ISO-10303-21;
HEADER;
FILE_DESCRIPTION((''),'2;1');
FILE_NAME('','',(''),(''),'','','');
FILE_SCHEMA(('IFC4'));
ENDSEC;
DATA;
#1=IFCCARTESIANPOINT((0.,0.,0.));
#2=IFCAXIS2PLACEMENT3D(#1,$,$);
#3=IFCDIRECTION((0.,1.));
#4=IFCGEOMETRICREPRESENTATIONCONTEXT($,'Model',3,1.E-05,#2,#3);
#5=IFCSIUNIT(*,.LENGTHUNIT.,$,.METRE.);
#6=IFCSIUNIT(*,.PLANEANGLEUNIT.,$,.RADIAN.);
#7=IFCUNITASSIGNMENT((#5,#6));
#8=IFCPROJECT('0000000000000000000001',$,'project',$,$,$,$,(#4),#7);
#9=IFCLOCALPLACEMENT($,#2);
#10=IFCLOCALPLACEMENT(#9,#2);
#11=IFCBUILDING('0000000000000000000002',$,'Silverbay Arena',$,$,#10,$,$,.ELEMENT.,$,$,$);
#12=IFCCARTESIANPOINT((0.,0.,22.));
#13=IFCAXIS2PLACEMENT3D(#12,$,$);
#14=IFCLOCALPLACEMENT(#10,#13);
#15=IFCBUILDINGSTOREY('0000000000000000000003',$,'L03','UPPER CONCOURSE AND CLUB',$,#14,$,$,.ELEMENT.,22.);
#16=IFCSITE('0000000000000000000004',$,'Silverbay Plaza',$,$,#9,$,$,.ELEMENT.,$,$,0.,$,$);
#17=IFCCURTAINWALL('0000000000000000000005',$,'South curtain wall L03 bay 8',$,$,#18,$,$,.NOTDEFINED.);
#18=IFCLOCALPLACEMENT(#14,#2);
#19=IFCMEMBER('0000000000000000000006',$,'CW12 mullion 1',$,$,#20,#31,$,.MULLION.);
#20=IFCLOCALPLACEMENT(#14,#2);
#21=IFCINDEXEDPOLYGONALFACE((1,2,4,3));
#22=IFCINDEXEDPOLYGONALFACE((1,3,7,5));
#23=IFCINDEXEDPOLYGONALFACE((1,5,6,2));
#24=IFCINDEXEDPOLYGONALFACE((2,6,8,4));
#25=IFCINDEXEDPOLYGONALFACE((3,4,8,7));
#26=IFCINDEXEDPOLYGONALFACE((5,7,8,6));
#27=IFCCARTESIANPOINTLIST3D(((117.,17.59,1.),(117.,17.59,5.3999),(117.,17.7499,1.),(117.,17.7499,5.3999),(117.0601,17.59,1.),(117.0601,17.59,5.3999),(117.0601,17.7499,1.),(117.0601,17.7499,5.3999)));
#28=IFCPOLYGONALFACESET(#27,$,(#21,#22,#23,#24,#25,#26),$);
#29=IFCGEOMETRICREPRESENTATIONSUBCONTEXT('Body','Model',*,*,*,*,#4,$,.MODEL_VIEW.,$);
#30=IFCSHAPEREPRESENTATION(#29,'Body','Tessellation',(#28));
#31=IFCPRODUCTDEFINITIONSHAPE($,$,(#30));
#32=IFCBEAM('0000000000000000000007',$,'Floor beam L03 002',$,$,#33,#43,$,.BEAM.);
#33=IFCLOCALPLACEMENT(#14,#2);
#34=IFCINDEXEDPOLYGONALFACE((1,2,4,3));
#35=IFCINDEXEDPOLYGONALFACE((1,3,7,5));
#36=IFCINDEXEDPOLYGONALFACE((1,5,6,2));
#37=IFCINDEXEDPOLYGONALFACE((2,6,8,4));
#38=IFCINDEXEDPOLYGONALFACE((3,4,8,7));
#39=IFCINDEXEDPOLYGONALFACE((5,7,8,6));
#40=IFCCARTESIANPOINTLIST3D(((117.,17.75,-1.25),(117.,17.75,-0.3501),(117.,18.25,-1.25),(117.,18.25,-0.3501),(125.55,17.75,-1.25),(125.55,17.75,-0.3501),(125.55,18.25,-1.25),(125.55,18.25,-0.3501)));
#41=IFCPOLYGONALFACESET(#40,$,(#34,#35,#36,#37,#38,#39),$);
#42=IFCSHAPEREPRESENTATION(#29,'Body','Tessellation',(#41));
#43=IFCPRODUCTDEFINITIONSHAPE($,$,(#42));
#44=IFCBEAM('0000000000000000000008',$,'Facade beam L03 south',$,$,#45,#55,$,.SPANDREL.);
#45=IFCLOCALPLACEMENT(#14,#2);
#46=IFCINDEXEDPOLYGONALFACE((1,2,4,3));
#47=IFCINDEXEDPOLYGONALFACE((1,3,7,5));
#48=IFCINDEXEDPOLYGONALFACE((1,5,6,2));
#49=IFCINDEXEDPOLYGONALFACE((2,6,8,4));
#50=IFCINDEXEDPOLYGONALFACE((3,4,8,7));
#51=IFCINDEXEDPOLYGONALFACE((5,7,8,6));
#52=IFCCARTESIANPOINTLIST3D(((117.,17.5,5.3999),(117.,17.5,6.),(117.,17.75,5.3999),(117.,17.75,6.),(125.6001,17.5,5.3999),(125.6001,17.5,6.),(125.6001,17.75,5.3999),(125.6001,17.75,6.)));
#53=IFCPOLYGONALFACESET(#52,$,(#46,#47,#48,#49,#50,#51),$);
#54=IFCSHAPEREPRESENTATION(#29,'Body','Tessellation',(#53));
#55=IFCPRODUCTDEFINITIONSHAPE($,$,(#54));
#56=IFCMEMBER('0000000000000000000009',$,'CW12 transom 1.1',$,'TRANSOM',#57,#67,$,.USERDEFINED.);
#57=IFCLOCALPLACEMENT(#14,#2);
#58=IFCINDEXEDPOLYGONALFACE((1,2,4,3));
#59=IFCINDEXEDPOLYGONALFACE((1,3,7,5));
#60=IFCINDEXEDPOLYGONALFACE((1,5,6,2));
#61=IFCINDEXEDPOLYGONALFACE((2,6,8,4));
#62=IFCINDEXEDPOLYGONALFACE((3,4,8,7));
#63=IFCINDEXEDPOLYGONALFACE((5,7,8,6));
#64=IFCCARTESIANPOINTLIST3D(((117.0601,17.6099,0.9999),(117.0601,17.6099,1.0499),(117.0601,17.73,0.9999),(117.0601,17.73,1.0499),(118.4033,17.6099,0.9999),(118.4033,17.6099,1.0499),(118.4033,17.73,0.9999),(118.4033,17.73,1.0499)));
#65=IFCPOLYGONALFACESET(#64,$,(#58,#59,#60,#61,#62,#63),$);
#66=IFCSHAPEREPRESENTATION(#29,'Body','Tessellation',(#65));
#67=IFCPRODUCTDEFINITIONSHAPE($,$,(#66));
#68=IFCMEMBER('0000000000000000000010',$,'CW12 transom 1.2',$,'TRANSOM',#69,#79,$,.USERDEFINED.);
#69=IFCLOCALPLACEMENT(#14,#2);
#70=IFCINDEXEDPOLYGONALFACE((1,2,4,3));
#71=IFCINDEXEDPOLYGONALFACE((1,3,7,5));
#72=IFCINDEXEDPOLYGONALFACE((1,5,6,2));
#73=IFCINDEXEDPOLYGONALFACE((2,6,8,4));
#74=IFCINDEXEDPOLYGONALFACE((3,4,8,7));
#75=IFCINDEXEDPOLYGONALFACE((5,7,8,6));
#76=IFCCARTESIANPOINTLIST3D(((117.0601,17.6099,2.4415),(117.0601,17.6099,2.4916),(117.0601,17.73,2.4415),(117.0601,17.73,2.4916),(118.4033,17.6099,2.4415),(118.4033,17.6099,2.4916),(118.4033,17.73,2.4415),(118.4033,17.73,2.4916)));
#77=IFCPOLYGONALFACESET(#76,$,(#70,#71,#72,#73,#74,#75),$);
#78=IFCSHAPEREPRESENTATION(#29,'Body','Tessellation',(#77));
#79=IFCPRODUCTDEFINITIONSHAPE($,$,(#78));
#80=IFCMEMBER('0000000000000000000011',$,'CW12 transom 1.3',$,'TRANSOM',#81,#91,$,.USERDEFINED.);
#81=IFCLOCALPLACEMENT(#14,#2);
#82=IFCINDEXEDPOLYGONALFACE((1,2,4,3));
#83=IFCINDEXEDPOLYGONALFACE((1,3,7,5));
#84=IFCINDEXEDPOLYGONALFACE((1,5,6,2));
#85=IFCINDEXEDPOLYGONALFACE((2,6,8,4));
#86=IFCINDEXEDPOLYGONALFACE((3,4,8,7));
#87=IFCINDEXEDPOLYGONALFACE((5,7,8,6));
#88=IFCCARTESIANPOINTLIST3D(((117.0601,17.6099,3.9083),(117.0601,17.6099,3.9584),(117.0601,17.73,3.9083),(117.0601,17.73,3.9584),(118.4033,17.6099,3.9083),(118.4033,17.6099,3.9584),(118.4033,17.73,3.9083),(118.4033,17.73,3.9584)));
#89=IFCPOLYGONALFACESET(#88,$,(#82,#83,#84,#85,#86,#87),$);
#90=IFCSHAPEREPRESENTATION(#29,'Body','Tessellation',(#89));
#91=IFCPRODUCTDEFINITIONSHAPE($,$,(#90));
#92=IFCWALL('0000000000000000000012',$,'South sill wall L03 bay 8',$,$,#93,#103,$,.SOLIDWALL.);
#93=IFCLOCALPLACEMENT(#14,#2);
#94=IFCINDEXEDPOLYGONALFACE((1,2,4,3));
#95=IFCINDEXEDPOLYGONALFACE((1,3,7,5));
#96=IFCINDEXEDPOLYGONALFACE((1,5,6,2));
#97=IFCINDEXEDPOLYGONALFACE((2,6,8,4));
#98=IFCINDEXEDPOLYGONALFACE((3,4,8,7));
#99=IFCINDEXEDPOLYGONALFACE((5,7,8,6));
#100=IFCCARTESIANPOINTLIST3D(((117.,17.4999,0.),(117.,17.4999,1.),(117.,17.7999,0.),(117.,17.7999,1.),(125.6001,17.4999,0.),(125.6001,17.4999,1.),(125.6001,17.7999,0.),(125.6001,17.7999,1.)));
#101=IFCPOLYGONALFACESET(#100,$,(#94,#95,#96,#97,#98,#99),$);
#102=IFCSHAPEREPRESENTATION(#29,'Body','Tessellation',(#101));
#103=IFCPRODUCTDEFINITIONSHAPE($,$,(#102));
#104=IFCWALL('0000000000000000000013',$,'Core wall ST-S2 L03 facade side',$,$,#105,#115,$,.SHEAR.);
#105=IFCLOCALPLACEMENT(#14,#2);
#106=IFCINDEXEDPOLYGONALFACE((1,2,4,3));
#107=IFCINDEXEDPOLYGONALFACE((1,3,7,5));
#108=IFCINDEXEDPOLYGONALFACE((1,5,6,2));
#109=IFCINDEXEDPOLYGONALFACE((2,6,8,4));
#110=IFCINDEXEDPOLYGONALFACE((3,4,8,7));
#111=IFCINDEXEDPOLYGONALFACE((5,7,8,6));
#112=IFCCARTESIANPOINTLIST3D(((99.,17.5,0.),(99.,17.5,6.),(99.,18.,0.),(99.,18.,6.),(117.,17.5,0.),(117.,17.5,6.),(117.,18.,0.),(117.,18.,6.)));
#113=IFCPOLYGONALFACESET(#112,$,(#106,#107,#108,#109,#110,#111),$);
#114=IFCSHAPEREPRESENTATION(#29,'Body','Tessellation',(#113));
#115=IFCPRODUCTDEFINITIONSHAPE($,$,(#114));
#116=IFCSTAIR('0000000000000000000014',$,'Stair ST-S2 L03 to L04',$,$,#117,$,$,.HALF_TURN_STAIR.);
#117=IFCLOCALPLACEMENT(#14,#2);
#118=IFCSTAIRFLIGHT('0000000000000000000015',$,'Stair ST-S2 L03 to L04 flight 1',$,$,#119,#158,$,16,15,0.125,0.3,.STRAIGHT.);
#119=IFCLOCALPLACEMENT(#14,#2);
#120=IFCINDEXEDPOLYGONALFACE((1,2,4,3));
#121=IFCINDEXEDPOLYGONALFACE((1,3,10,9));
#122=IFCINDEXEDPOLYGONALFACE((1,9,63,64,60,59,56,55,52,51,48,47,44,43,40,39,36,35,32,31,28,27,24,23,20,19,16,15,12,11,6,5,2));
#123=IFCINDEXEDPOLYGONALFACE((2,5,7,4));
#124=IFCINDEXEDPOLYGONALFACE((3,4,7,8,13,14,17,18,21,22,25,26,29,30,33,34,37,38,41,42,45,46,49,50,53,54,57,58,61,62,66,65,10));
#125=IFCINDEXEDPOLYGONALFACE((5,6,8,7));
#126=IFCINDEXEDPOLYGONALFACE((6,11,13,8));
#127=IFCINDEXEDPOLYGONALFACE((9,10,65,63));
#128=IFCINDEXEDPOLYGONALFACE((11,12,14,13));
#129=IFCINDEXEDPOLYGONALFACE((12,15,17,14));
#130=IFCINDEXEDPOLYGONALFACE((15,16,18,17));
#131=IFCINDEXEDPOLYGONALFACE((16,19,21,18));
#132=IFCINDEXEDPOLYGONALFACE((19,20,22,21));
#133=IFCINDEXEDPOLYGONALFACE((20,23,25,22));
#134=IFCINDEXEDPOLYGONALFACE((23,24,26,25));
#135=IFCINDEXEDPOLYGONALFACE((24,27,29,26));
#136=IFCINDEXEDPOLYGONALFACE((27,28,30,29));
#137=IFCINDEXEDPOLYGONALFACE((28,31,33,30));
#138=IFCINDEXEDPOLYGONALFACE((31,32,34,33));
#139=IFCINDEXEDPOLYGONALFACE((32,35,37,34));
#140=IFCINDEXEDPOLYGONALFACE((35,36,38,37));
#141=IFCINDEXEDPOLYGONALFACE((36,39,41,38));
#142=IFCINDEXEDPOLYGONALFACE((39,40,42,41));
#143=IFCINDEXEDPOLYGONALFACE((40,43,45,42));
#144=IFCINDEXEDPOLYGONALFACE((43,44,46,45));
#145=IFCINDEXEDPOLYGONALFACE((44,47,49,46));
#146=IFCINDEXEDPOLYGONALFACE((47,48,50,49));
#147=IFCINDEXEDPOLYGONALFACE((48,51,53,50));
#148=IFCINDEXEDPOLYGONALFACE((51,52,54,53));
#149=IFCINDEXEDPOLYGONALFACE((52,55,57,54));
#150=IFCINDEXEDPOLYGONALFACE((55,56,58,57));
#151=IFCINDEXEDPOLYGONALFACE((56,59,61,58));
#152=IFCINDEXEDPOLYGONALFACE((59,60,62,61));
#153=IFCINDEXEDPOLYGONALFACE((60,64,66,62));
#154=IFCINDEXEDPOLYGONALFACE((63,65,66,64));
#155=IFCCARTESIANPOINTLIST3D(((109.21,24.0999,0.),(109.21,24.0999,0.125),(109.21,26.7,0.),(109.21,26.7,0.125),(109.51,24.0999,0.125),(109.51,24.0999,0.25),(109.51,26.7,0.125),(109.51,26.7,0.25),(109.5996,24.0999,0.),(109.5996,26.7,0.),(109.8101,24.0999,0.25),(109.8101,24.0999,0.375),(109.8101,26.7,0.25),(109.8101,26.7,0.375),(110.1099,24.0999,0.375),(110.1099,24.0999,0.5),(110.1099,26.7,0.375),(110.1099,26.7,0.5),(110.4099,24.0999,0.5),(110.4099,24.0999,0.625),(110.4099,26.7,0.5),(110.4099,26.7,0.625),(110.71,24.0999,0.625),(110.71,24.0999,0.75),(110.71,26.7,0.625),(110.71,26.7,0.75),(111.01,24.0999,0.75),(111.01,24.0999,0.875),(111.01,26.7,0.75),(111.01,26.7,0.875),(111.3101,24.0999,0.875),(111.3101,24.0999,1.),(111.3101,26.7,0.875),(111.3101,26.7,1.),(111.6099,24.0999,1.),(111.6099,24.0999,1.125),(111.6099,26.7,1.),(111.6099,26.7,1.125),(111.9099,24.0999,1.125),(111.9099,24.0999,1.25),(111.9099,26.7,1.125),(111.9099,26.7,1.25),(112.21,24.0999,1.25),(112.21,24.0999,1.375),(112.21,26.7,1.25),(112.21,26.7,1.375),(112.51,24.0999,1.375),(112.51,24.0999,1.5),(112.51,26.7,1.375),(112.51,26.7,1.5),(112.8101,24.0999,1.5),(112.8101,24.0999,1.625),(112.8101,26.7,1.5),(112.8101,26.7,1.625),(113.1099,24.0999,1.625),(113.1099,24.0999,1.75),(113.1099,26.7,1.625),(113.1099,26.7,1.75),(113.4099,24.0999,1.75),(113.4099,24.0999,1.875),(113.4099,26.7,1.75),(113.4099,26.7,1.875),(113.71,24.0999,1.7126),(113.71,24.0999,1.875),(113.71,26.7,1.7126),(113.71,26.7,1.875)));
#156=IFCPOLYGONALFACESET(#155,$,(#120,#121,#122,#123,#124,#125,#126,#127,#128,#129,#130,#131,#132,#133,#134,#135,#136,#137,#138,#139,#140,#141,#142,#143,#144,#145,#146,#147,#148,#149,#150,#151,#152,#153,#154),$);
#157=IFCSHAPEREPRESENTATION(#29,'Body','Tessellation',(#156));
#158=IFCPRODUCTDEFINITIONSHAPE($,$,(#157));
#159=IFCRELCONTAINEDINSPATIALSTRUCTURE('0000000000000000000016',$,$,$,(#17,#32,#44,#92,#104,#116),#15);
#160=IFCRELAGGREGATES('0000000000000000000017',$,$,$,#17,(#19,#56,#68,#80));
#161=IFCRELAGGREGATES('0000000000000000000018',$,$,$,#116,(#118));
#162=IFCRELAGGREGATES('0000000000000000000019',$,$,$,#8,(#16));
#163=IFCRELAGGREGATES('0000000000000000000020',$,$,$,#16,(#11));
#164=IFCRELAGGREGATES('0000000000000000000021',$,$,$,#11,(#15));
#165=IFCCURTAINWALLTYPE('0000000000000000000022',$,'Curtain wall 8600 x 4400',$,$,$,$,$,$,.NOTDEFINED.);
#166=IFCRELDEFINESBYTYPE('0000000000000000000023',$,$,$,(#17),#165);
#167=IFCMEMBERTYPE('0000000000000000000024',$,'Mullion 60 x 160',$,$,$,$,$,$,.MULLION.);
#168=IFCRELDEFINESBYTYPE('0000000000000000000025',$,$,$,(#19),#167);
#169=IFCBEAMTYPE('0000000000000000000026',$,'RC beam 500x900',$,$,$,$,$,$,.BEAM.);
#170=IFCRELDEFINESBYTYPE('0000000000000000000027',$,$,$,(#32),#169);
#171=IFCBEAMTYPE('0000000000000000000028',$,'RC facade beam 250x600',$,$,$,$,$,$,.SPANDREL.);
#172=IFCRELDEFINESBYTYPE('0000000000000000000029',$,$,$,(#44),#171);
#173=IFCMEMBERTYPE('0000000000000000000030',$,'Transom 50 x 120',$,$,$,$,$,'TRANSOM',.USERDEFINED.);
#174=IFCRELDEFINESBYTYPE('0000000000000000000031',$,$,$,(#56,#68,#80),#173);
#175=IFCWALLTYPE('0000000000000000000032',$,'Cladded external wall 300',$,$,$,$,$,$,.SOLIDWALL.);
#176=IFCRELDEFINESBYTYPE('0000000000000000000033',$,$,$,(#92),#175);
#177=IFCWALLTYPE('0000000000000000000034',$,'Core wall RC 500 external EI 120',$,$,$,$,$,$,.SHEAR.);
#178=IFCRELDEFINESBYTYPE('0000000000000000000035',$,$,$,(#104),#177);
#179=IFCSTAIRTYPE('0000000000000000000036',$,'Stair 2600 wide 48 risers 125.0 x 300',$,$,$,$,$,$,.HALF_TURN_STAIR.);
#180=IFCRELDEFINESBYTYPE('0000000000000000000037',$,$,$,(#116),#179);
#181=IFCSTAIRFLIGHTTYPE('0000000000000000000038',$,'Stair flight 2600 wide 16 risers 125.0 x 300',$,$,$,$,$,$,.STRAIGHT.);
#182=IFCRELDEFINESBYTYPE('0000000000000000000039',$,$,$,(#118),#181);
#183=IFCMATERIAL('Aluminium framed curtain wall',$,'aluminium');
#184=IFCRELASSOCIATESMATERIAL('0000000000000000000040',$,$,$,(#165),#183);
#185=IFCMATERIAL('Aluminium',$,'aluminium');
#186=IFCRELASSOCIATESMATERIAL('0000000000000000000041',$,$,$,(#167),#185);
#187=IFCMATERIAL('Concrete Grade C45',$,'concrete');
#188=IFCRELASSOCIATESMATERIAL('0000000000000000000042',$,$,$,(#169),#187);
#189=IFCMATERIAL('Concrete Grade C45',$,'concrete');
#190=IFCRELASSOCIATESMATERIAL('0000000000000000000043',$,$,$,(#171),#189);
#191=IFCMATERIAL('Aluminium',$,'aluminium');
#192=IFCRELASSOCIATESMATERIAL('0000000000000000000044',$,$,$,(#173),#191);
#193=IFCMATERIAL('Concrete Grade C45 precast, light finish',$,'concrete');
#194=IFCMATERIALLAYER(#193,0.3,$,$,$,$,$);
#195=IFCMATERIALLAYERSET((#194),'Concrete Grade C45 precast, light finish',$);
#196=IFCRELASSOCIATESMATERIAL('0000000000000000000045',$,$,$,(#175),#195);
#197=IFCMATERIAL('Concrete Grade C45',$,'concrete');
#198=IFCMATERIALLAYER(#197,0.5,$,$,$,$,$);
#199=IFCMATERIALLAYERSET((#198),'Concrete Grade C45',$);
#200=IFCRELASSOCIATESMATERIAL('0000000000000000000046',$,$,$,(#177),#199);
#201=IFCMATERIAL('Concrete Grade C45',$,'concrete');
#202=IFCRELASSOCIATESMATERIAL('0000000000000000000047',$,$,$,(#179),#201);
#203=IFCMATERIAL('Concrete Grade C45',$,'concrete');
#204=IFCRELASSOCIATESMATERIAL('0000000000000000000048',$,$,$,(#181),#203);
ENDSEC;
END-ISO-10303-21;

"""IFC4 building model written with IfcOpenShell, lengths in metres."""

from ifc_helpers import new_model, si_unit, direction, frame, frame_2d, origin, origin_2d, place, context, subcontext, project, spatial, polyline, rectangle, outline, extrude, material, layer, layer_set, material_profile, profile_set, type_object, element, aggregate, save


model = new_model("IFC4")

# Units and contexts
model_context = context("Model", 3, precision=1e-05, world=origin(), true_north=direction((0.0, 1.0)))
body_context = subcontext(model_context, "Body", "Model", "MODEL_VIEW")
ifc_project = project(units=[si_unit("LENGTHUNIT", "METRE"), si_unit("PLANEANGLEUNIT", "RADIAN")], contexts=[model_context])

# Site, building, storey
site_placement = place(None, origin())
site = spatial("IfcSite", under=ifc_project, at=site_placement, Name="Silverbay Plaza", CompositionType="ELEMENT", RefElevation=0.0)
building_placement = place(site_placement, origin())
building = spatial("IfcBuilding", under=site, at=building_placement, Name="Silverbay Arena", CompositionType="ELEMENT")
storey_placement = place(building_placement, frame((0.0, 0.0, 22.0)))
storey = spatial("IfcBuildingStorey", under=building, at=storey_placement, Name="L03", Description="UPPER CONCOURSE AND CLUB", CompositionType="ELEMENT", Elevation=22.0)

# Curtain wall, member
ifc_material_1 = material(Name="Aluminium framed curtain wall", Category="aluminium")
curtain_wall_type = type_object("IfcCurtainWallType", Name="Curtain wall 8600 x 4400", PredefinedType="NOTDEFINED", material=ifc_material_1)
curtain_wall_placement = place(storey_placement, origin())
curtain_wall = element("IfcCurtainWall", 1, at=curtain_wall_placement, inside=storey, type_object=curtain_wall_type, Name="South curtain wall L03 bay 8", PredefinedType="NOTDEFINED")
ifc_material_2 = material(Name="Aluminium", Category="aluminium")
ifc_material_profile_1 = material_profile(ifc_material_2, rectangle(XDim=0.1599, YDim=0.0601, at=origin_2d()), Name="Mullion 60 x 160")
ifc_profile_set_1 = profile_set([ifc_material_profile_1], Name="Aluminium")
member_type_1 = type_object("IfcMemberType", Name="Mullion 60 x 160", PredefinedType="MULLION", material=ifc_profile_set_1)
member_1_placement = place(storey_placement, frame((117.03, 17.6699, 1.0), z_axis=(0.0, 0.0, 1.0), x_axis=(0.0, 1.0, 0.0)))
member_1 = element("IfcMember", 2, at=member_1_placement, type_object=member_type_1, Name="CW12 mullion 1", PredefinedType="MULLION", context=body_context, shape_type="SweptSolid", body=[
    extrude(rectangle(XDim=0.1599, YDim=0.0601, at=origin_2d()), origin(), (0.0, 0.0, 1.0), 4.3999),
])

# Beams
ifc_material_3 = material(Name="Concrete Grade C45", Category="concrete")
ifc_material_profile_2 = material_profile(ifc_material_3, rectangle(XDim=0.5, YDim=0.8999, at=origin_2d()), Name="RC 500x900")
ifc_profile_set_2 = profile_set([ifc_material_profile_2], Name="Concrete Grade C45")
beam_type_1 = type_object("IfcBeamType", Name="RC beam 500x900", PredefinedType="BEAM", material=ifc_profile_set_2)
beam_1_placement = place(storey_placement, frame((117.0, 18.0, -0.8), z_axis=(1.0, 0.0, 0.0), x_axis=(0.0, 1.0, 0.0)))
element("IfcBeam", 3, at=beam_1_placement, inside=storey, type_object=beam_type_1, Name="Floor beam L03 002", PredefinedType="BEAM", context=body_context, shape_type="SweptSolid", body=[
    extrude(rectangle(XDim=0.5, YDim=0.8999, at=origin_2d()), origin(), (0.0, 0.0, 1.0), 8.55),
])
ifc_material_4 = material(Name="Concrete Grade C45", Category="concrete")
ifc_material_profile_3 = material_profile(ifc_material_4, rectangle(XDim=0.25, YDim=0.6001, at=origin_2d()), Name="RC 250x600")
ifc_profile_set_3 = profile_set([ifc_material_profile_3], Name="Concrete Grade C45")
beam_type_2 = type_object("IfcBeamType", Name="RC facade beam 250x600", PredefinedType="SPANDREL", material=ifc_profile_set_3)
beam_2_placement = place(storey_placement, frame((117.0, 17.625, 5.7), z_axis=(1.0, 0.0, 0.0), x_axis=(0.0, 1.0, 0.0)))
element("IfcBeam", 4, at=beam_2_placement, inside=storey, type_object=beam_type_2, Name="Facade beam L03 south", PredefinedType="SPANDREL", context=body_context, shape_type="SweptSolid", body=[
    extrude(rectangle(XDim=0.25, YDim=0.6001, at=origin_2d()), origin(), (0.0, 0.0, 1.0), 8.6001),
])

# Members
ifc_material_5 = material(Name="Aluminium", Category="aluminium")
ifc_material_profile_4 = material_profile(ifc_material_5, rectangle(XDim=0.1201, YDim=0.05, at=origin_2d()), Name="Transom 50 x 120")
ifc_profile_set_4 = profile_set([ifc_material_profile_4], Name="Aluminium")
member_type_2 = type_object("IfcMemberType", Name="Transom 50 x 120", ElementType="TRANSOM", PredefinedType="USERDEFINED", material=ifc_profile_set_4)
member_2_placement = place(storey_placement, frame((117.0601, 17.6699, 1.0249), z_axis=(1.0, 0.0, 0.0), x_axis=(0.0, 1.0, 0.0)))
member_2 = element("IfcMember", 5, at=member_2_placement, type_object=member_type_2, Name="CW12 transom 1.1", ObjectType="TRANSOM", PredefinedType="USERDEFINED", context=body_context, shape_type="SweptSolid", body=[
    extrude(rectangle(XDim=0.1201, YDim=0.05, at=origin_2d()), origin(), (0.0, 0.0, 1.0), 1.3433),
])
member_3_placement = place(storey_placement, frame((117.0601, 17.6699, 2.4666), z_axis=(1.0, 0.0, 0.0), x_axis=(0.0, 1.0, 0.0)))
member_3 = element("IfcMember", 6, at=member_3_placement, type_object=member_type_2, Name="CW12 transom 1.2", ObjectType="TRANSOM", PredefinedType="USERDEFINED", context=body_context, shape_type="SweptSolid", body=[
    extrude(rectangle(XDim=0.1201, YDim=0.05, at=origin_2d()), origin(), (0.0, 0.0, 1.0), 1.3433),
])
member_4_placement = place(storey_placement, frame((117.0601, 17.6699, 3.9333), z_axis=(1.0, 0.0, 0.0), x_axis=(0.0, 1.0, 0.0)))
member_4 = element("IfcMember", 7, at=member_4_placement, type_object=member_type_2, Name="CW12 transom 1.3", ObjectType="TRANSOM", PredefinedType="USERDEFINED", context=body_context, shape_type="SweptSolid", body=[
    extrude(rectangle(XDim=0.1201, YDim=0.05, at=origin_2d()), origin(), (0.0, 0.0, 1.0), 1.3433),
])
aggregate(curtain_wall, [member_1, member_2, member_3, member_4])

# Walls
ifc_material_6 = material(Name="Concrete Grade C45 precast, light finish", Category="concrete")
ifc_layer_1 = layer(ifc_material_6, 0.3)
ifc_layer_set_1 = layer_set([ifc_layer_1], Name="Concrete Grade C45 precast, light finish")
wall_type_1 = type_object("IfcWallType", Name="Cladded external wall 300", PredefinedType="SOLIDWALL", material=ifc_layer_set_1)
wall_1_placement = place(storey_placement, frame((117.0, 17.6499, 0.0), z_axis=(0.0, 0.0, 1.0), x_axis=(1.0, 0.0, 0.0)))
element("IfcWall", 8, at=wall_1_placement, inside=storey, type_object=wall_type_1, Name="South sill wall L03 bay 8", PredefinedType="SOLIDWALL", context=body_context, shape_type="SweptSolid", body=[
    extrude(rectangle(XDim=8.6001, YDim=0.3, at=frame_2d((4.3, 0.0))), origin(), (0.0, 0.0, 1.0), 1.0),
])
ifc_material_7 = material(Name="Concrete Grade C45", Category="concrete")
ifc_layer_2 = layer(ifc_material_7, 0.5)
ifc_layer_set_2 = layer_set([ifc_layer_2], Name="Concrete Grade C45")
wall_type_2 = type_object("IfcWallType", Name="Core wall RC 500 external EI 120", PredefinedType="SHEAR", material=ifc_layer_set_2)
wall_2_placement = place(storey_placement, frame((117.0, 17.75, 0.0), z_axis=(0.0, 0.0, 1.0), x_axis=(-1.0, 0.0, 0.0)))
element("IfcWall", 9, at=wall_2_placement, inside=storey, type_object=wall_type_2, Name="Core wall ST-S2 L03 facade side", PredefinedType="SHEAR", context=body_context, shape_type="SweptSolid", body=[
    extrude(rectangle(XDim=18.0, YDim=0.5, at=frame_2d((9.0, 0.0))), origin(), (0.0, 0.0, 1.0), 6.0),
])

# Stair, stair flight
ifc_material_8 = material(Name="Concrete Grade C45", Category="concrete")
stair_type = type_object("IfcStairType", Name="Stair 2600 wide 48 risers 125.0 x 300", PredefinedType="HALF_TURN_STAIR", material=ifc_material_8)
stair_placement = place(storey_placement, origin())
stair = element("IfcStair", 10, at=stair_placement, inside=storey, type_object=stair_type, Name="Stair ST-S2 L03 to L04", PredefinedType="HALF_TURN_STAIR")
ifc_material_9 = material(Name="Concrete Grade C45", Category="concrete")
stair_flight_type = type_object("IfcStairFlightType", Name="Stair flight 2600 wide 16 risers 125.0 x 300", PredefinedType="STRAIGHT", material=ifc_material_9)
stair_flight_1_placement = place(storey_placement, frame((109.21, 25.3999, 0.0), z_axis=(0.0, 0.0, 1.0), x_axis=(1.0, 0.0, 0.0)))
stair_flight_1 = element("IfcStairFlight", 11, at=stair_flight_1_placement, type_object=stair_flight_type, Name="Stair ST-S2 L03 to L04 flight 1", NumberOfRisers=16, NumberOfTreads=15, PredefinedType="STRAIGHT", RiserHeight=0.125, TreadLength=0.3, context=body_context, shape_type="SweptSolid", body=[
    extrude(outline(polyline([(0.0, 0.0), (0.0, 0.125), (0.3, 0.125), (0.3, 0.25), (0.6001, 0.25), (0.6001, 0.375), (0.8999, 0.375), (0.8999, 0.5), (1.2, 0.5), (1.2, 0.625), (1.5, 0.625), (1.5, 0.75), (1.8, 0.75), (1.8, 0.875), (2.1001, 0.875), (2.1001, 1.0), (2.3999, 1.0), (2.3999, 1.125), (2.7, 1.125), (2.7, 1.25), (3.0, 1.25), (3.0, 1.375), (3.3, 1.375), (3.3, 1.5), (3.6001, 1.5), (3.6001, 1.625), (3.8999, 1.625), (3.8999, 1.75), (4.2, 1.75), (4.2, 1.875), (4.5, 1.875), (4.5, 1.7126), (0.3896, 0.0), (0.0, 0.0)])), frame((0.0, 1.3, 0.0), z_axis=(0.0, -1.0, 0.0), x_axis=(1.0, 0.0, 0.0)), (0.0, 0.0, 1.0), 2.6001),
])
aggregate(stair, [stair_flight_1])

save(model, "model.ifc")
